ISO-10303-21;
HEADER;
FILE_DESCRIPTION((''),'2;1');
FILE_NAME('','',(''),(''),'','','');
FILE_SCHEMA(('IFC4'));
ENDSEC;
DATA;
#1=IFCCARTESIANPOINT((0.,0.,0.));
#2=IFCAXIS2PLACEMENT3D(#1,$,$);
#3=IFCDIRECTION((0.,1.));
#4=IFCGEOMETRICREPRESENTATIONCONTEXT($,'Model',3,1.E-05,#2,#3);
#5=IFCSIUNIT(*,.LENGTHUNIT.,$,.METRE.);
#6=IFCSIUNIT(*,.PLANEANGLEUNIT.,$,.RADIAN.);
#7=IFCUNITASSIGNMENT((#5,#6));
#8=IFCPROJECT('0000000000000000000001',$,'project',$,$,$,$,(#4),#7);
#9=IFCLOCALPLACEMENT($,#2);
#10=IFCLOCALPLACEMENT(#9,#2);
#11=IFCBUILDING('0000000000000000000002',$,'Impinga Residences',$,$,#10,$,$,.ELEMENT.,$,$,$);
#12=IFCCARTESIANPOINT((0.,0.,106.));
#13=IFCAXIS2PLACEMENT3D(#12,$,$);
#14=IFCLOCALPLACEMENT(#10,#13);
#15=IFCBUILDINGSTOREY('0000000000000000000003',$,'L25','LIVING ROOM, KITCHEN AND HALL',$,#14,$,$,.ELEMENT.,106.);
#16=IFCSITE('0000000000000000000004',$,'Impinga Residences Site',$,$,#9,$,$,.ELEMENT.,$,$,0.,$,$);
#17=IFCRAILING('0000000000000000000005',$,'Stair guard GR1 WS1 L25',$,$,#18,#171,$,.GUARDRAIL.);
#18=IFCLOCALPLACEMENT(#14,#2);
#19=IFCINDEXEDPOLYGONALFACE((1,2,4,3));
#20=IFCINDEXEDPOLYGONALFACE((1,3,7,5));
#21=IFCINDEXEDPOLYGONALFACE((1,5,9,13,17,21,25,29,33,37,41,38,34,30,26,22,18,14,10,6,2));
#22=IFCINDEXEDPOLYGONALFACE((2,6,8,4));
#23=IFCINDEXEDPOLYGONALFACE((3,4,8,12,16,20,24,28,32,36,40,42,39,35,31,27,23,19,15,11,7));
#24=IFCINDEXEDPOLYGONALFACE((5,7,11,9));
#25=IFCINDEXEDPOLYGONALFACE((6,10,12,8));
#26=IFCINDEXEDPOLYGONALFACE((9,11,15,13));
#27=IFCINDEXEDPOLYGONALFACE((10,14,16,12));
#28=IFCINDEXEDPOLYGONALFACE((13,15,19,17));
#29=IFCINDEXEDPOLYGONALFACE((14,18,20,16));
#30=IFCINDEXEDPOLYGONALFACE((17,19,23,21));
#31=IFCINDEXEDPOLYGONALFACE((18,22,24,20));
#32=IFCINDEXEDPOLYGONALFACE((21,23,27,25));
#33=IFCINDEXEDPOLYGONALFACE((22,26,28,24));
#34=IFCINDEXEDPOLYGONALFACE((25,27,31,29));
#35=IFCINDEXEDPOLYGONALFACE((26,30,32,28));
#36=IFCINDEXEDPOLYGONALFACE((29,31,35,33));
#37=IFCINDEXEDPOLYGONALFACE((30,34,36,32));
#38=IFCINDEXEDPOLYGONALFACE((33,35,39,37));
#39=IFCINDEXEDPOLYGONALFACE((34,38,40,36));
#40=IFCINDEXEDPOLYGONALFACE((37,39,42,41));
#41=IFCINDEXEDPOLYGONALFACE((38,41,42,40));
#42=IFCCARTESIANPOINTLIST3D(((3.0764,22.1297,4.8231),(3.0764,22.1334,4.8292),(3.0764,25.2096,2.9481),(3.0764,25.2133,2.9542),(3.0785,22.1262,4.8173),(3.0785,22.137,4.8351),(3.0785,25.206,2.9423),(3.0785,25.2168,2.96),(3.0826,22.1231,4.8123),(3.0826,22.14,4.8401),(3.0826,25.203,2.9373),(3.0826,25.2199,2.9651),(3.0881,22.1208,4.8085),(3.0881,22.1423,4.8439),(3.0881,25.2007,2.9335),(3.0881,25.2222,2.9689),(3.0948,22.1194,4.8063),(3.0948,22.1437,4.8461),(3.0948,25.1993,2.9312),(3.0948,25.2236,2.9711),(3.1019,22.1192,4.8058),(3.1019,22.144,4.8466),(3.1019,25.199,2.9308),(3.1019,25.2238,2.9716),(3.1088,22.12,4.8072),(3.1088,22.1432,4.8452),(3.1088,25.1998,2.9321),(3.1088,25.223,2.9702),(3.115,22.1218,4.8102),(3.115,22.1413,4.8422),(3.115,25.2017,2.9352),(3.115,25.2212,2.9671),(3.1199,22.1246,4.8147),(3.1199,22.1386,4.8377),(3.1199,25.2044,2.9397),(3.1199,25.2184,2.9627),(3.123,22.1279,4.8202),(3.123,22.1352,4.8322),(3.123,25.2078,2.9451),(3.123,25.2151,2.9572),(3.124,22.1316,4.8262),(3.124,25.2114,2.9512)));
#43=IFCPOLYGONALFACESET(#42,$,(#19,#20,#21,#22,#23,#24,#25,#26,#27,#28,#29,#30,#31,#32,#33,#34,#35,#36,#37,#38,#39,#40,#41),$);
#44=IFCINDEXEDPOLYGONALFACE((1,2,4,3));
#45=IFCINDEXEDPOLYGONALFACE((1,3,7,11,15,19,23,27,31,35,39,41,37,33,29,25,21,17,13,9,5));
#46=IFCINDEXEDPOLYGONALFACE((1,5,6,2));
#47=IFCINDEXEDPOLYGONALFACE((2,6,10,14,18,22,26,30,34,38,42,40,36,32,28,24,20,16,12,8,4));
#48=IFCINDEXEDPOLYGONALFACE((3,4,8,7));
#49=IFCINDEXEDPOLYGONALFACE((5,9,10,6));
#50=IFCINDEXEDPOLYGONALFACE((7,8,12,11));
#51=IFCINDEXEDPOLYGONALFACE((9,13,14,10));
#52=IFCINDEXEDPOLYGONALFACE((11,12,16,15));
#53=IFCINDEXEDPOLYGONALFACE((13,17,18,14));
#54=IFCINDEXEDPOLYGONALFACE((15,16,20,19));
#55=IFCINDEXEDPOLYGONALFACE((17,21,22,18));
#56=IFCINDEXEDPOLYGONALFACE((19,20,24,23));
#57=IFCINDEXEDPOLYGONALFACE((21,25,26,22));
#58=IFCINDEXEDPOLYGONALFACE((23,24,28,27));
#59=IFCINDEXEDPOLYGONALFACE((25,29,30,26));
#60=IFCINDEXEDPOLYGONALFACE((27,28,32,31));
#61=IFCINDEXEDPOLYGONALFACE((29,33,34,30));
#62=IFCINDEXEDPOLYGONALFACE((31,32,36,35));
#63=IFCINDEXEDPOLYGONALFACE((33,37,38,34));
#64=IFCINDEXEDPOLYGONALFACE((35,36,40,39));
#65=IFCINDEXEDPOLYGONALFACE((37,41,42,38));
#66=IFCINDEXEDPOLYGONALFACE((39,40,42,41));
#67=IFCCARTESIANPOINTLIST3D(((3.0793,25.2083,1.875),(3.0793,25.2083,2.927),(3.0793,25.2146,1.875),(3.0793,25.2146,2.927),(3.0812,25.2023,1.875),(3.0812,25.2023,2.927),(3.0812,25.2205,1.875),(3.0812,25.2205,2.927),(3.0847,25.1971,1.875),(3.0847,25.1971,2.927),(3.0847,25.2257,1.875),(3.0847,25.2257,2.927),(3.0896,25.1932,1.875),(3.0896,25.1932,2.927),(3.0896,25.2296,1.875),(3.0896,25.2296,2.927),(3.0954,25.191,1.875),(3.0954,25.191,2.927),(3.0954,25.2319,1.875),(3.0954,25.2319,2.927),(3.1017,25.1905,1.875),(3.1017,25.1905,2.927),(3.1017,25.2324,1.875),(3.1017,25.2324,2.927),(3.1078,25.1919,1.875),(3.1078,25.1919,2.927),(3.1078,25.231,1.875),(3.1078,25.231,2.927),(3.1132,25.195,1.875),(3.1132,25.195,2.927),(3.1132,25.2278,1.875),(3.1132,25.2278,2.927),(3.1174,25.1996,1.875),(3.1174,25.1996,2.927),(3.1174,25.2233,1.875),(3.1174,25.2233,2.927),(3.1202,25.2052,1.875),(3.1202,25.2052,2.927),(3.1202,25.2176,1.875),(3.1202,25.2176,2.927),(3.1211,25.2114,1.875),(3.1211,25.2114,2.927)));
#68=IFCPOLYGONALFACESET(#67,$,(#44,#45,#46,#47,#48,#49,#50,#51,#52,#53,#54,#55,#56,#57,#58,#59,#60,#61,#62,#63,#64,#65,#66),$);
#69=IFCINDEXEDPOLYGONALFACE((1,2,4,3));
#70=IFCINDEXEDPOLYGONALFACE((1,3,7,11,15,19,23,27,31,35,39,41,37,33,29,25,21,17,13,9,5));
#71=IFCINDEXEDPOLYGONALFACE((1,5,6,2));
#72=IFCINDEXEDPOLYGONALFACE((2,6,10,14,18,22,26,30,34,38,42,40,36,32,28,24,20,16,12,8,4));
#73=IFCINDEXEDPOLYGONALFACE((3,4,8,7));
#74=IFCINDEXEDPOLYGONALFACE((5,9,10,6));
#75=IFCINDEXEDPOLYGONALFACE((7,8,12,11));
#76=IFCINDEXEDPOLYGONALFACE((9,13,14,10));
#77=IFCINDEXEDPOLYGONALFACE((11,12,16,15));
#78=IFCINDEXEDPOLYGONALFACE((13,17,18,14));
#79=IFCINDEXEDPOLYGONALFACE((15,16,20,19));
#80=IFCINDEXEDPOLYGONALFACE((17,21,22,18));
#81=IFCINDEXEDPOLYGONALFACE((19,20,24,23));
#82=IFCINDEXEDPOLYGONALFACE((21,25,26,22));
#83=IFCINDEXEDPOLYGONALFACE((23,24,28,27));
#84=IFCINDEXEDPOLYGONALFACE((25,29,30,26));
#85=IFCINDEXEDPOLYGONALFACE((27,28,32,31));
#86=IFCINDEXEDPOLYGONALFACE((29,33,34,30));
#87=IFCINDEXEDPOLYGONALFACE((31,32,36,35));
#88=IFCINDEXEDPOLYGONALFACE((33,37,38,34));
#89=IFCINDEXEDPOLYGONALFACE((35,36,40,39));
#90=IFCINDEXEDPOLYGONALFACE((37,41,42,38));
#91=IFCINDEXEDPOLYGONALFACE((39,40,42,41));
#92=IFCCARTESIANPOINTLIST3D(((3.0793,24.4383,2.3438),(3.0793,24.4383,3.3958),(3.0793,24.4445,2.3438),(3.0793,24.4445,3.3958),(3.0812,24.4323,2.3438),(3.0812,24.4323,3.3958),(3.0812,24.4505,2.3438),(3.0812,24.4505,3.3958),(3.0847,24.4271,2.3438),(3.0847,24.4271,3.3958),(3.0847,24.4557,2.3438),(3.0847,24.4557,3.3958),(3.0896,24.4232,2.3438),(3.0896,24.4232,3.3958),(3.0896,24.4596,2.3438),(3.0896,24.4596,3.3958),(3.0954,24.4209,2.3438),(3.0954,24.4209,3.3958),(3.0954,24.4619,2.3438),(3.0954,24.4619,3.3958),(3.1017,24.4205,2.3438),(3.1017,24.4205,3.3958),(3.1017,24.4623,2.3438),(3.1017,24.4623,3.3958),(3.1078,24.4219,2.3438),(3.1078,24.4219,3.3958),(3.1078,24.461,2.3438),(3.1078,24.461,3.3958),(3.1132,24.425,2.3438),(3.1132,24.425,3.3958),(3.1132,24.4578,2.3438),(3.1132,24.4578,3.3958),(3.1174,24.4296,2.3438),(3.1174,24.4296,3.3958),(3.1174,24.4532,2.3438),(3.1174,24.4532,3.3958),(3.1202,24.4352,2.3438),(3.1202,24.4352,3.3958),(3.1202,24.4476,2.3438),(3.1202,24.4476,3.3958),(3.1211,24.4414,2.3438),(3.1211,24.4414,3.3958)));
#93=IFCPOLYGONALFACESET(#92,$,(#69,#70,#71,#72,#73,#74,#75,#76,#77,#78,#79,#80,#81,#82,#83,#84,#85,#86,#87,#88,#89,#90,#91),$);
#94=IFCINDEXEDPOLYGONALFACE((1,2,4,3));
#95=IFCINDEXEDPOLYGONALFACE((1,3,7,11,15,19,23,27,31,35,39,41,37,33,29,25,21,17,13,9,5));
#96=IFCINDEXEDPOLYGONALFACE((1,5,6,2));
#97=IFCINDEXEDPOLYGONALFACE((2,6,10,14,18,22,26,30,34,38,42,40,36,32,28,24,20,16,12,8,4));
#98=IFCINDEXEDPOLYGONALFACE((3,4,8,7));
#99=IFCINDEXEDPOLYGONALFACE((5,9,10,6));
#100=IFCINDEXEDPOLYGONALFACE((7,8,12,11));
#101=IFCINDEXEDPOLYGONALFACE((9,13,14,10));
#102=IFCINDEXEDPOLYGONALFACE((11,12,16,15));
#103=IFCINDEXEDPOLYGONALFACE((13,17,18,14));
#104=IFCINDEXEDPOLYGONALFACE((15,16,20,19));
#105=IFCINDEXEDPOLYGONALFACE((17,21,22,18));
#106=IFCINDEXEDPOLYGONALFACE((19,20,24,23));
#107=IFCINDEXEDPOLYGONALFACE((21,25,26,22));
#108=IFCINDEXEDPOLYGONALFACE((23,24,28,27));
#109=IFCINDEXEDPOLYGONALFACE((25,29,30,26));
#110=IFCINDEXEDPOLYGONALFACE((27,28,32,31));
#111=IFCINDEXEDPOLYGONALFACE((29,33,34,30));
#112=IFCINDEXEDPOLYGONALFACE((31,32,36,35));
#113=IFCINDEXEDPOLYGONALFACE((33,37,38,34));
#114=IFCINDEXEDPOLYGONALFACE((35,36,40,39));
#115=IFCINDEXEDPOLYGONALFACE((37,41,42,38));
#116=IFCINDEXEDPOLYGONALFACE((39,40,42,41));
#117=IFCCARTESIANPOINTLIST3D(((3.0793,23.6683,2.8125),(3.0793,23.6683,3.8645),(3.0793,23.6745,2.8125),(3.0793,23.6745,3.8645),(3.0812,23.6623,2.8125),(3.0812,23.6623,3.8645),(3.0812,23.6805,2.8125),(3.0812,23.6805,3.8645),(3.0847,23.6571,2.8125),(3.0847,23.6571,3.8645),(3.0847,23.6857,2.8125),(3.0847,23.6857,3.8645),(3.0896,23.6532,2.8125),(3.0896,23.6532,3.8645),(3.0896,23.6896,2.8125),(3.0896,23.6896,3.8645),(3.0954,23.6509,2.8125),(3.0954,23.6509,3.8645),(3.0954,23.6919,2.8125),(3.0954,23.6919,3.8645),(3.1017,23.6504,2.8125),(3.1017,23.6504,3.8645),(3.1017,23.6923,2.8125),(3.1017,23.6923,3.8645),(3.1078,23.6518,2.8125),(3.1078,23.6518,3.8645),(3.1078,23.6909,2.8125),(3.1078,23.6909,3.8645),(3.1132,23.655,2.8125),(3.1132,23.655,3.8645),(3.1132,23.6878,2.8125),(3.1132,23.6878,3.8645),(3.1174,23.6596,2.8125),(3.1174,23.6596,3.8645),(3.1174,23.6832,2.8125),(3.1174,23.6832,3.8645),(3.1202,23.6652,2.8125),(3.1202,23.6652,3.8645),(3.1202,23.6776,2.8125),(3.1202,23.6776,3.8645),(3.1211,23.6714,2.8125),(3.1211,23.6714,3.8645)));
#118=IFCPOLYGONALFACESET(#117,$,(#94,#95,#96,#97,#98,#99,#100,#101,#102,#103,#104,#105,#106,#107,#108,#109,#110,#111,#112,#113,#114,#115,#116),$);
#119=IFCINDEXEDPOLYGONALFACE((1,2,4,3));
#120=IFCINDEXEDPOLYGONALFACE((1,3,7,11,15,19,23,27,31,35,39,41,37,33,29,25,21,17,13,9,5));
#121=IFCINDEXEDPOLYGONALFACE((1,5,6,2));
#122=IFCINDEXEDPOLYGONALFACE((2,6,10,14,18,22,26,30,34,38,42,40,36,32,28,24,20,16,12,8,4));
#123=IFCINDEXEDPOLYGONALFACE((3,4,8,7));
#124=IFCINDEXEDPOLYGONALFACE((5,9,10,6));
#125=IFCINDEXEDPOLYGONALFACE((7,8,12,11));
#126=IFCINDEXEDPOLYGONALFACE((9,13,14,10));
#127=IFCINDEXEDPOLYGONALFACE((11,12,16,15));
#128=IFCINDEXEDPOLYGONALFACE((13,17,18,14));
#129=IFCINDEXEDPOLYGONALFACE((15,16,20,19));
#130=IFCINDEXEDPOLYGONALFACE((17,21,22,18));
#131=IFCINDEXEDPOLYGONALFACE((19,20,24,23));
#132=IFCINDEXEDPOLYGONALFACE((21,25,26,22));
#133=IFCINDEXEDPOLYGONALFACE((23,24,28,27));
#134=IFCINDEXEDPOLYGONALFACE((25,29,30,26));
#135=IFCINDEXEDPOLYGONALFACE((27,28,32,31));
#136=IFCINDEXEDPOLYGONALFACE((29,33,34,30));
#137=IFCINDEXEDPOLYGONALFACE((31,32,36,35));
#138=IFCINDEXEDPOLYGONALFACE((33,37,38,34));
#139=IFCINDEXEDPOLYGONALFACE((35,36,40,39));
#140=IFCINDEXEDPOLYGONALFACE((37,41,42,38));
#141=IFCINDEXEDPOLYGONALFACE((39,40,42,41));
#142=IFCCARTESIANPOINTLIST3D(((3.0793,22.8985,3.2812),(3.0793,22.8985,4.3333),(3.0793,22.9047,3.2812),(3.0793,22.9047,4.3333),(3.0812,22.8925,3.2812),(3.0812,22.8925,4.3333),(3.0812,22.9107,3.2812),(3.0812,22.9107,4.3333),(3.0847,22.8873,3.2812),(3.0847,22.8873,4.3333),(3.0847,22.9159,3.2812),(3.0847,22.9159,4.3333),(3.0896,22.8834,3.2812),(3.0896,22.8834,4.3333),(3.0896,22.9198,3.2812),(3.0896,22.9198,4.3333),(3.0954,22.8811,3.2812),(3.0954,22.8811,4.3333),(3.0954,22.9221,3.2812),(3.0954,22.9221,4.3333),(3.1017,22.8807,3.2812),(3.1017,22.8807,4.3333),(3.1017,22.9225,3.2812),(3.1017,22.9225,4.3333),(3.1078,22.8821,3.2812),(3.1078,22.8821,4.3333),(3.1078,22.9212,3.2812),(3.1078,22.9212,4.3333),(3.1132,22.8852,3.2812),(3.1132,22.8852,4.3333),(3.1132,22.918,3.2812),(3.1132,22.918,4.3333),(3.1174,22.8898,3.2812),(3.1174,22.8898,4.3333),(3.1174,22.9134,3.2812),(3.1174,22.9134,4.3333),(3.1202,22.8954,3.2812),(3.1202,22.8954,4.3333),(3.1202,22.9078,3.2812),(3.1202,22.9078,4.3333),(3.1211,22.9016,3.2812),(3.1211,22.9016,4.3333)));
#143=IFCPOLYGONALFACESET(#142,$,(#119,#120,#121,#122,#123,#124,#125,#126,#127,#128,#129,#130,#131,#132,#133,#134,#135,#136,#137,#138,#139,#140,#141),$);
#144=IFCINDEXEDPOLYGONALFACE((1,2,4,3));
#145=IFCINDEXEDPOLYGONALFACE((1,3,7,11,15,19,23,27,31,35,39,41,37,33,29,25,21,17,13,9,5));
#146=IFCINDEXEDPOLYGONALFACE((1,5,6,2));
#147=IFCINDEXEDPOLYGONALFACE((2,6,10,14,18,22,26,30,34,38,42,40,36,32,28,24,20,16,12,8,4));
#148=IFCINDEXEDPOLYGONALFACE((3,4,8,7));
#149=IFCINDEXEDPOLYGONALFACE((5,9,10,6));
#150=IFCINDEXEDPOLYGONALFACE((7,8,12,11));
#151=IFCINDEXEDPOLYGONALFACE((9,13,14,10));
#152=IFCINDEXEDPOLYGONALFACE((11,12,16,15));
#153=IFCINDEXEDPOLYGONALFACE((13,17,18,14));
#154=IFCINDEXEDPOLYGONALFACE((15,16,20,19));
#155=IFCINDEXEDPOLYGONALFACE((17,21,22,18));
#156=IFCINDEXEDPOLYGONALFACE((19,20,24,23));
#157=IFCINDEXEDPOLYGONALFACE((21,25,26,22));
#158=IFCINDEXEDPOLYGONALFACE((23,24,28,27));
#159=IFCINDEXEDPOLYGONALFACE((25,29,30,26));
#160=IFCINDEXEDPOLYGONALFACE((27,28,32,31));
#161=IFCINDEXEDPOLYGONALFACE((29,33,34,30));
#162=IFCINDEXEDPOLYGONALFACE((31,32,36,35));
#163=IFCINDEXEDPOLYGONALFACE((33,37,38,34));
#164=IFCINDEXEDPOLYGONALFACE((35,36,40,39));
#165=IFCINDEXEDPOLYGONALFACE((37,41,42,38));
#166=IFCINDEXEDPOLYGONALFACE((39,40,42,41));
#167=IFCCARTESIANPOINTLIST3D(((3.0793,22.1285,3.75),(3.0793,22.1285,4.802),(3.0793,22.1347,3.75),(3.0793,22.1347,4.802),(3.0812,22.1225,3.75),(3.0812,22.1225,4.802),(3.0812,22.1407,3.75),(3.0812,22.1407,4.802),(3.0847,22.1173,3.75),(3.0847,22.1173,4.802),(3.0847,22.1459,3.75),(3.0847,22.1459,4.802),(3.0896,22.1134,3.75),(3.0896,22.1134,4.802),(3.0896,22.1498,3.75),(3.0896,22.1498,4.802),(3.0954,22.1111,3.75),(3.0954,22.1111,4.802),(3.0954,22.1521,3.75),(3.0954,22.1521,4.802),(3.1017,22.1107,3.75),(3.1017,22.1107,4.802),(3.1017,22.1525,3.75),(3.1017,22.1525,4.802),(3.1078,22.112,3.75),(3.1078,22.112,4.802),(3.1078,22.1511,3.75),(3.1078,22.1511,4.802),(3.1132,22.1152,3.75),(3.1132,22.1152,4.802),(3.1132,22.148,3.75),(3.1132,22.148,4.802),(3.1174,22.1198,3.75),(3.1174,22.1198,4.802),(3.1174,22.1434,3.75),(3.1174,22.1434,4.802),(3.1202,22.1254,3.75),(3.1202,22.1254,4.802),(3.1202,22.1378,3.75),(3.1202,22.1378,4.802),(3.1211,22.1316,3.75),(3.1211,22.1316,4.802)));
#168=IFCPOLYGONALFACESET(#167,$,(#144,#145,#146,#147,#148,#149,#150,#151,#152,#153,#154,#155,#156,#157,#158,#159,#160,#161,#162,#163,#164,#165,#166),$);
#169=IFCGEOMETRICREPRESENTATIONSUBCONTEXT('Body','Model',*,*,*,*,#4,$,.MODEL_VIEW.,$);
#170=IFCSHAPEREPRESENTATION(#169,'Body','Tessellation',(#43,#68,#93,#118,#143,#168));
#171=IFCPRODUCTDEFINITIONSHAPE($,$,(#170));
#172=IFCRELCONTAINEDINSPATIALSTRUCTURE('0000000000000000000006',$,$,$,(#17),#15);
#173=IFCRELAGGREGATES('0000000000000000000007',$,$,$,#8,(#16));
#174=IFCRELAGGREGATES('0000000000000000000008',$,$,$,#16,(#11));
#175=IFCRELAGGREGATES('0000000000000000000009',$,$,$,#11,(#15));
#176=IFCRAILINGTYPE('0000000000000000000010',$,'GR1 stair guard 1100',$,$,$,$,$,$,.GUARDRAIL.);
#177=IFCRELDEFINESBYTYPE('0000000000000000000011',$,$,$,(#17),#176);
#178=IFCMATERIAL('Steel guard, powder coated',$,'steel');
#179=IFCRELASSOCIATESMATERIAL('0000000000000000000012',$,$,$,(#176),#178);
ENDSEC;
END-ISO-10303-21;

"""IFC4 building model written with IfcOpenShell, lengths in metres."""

from ifc_helpers import new_model, si_unit, direction, frame, origin, origin_2d, place, context, subcontext, project, spatial, circle, extrude, material, type_object, element, save


model = new_model("IFC4")

# Units and contexts
model_context = context("Model", 3, precision=1e-05, world=origin(), true_north=direction((0.0, 1.0)))
body_context = subcontext(model_context, "Body", "Model", "MODEL_VIEW")
ifc_project = project(units=[si_unit("LENGTHUNIT", "METRE"), si_unit("PLANEANGLEUNIT", "RADIAN")], contexts=[model_context])

# Site, building, storey
site_placement = place(None, origin())
site = spatial("IfcSite", under=ifc_project, at=site_placement, Name="Impinga Residences Site", CompositionType="ELEMENT", RefElevation=0.0)
building_placement = place(site_placement, origin())
building = spatial("IfcBuilding", under=site, at=building_placement, Name="Impinga Residences", CompositionType="ELEMENT")
storey_placement = place(building_placement, frame((0.0, 0.0, 106.0)))
storey = spatial("IfcBuildingStorey", under=building, at=storey_placement, Name="L25", Description="LIVING ROOM, KITCHEN AND HALL", CompositionType="ELEMENT", Elevation=106.0)

# Railing
ifc_material_1 = material(Name="Steel guard, powder coated", Category="steel")
railing_type_1 = type_object("IfcRailingType", Name="GR1 stair guard 1100", PredefinedType="GUARDRAIL", material=ifc_material_1)
railing_1_placement = place(storey_placement, frame((3.1001, 25.2114, 1.875)))
element("IfcRailing", 1, at=railing_1_placement, inside=storey, type_object=railing_type_1, Name="Stair guard GR1 WS1 L25", PredefinedType="GUARDRAIL", context=body_context, shape_type="SweptSolid", body=[
    extrude(circle(Radius=0.0239, at=origin_2d()), frame((0.0, 0.0, 1.0762), z_axis=(0.0, -0.854159, 0.520011), x_axis=(1.0, 0.0, 0.0)), (0.0, 0.0, 1.0), 3.6057),
    extrude(circle(Radius=0.021, at=origin_2d()), origin(), (0.0, 0.0, 1.0), 1.052),
    extrude(circle(Radius=0.021, at=origin_2d()), frame((0.0, -0.77, 0.4688)), (0.0, 0.0, 1.0), 1.052),
    extrude(circle(Radius=0.021, at=origin_2d()), frame((0.0, -1.54, 0.9375)), (0.0, 0.0, 1.0), 1.052),
    extrude(circle(Radius=0.021, at=origin_2d()), frame((0.0, -2.3098, 1.4062)), (0.0, 0.0, 1.0), 1.052),
    extrude(circle(Radius=0.021, at=origin_2d()), frame((0.0, -3.0798, 1.875)), (0.0, 0.0, 1.0), 1.052),
])

save(model, "model.ifc")
